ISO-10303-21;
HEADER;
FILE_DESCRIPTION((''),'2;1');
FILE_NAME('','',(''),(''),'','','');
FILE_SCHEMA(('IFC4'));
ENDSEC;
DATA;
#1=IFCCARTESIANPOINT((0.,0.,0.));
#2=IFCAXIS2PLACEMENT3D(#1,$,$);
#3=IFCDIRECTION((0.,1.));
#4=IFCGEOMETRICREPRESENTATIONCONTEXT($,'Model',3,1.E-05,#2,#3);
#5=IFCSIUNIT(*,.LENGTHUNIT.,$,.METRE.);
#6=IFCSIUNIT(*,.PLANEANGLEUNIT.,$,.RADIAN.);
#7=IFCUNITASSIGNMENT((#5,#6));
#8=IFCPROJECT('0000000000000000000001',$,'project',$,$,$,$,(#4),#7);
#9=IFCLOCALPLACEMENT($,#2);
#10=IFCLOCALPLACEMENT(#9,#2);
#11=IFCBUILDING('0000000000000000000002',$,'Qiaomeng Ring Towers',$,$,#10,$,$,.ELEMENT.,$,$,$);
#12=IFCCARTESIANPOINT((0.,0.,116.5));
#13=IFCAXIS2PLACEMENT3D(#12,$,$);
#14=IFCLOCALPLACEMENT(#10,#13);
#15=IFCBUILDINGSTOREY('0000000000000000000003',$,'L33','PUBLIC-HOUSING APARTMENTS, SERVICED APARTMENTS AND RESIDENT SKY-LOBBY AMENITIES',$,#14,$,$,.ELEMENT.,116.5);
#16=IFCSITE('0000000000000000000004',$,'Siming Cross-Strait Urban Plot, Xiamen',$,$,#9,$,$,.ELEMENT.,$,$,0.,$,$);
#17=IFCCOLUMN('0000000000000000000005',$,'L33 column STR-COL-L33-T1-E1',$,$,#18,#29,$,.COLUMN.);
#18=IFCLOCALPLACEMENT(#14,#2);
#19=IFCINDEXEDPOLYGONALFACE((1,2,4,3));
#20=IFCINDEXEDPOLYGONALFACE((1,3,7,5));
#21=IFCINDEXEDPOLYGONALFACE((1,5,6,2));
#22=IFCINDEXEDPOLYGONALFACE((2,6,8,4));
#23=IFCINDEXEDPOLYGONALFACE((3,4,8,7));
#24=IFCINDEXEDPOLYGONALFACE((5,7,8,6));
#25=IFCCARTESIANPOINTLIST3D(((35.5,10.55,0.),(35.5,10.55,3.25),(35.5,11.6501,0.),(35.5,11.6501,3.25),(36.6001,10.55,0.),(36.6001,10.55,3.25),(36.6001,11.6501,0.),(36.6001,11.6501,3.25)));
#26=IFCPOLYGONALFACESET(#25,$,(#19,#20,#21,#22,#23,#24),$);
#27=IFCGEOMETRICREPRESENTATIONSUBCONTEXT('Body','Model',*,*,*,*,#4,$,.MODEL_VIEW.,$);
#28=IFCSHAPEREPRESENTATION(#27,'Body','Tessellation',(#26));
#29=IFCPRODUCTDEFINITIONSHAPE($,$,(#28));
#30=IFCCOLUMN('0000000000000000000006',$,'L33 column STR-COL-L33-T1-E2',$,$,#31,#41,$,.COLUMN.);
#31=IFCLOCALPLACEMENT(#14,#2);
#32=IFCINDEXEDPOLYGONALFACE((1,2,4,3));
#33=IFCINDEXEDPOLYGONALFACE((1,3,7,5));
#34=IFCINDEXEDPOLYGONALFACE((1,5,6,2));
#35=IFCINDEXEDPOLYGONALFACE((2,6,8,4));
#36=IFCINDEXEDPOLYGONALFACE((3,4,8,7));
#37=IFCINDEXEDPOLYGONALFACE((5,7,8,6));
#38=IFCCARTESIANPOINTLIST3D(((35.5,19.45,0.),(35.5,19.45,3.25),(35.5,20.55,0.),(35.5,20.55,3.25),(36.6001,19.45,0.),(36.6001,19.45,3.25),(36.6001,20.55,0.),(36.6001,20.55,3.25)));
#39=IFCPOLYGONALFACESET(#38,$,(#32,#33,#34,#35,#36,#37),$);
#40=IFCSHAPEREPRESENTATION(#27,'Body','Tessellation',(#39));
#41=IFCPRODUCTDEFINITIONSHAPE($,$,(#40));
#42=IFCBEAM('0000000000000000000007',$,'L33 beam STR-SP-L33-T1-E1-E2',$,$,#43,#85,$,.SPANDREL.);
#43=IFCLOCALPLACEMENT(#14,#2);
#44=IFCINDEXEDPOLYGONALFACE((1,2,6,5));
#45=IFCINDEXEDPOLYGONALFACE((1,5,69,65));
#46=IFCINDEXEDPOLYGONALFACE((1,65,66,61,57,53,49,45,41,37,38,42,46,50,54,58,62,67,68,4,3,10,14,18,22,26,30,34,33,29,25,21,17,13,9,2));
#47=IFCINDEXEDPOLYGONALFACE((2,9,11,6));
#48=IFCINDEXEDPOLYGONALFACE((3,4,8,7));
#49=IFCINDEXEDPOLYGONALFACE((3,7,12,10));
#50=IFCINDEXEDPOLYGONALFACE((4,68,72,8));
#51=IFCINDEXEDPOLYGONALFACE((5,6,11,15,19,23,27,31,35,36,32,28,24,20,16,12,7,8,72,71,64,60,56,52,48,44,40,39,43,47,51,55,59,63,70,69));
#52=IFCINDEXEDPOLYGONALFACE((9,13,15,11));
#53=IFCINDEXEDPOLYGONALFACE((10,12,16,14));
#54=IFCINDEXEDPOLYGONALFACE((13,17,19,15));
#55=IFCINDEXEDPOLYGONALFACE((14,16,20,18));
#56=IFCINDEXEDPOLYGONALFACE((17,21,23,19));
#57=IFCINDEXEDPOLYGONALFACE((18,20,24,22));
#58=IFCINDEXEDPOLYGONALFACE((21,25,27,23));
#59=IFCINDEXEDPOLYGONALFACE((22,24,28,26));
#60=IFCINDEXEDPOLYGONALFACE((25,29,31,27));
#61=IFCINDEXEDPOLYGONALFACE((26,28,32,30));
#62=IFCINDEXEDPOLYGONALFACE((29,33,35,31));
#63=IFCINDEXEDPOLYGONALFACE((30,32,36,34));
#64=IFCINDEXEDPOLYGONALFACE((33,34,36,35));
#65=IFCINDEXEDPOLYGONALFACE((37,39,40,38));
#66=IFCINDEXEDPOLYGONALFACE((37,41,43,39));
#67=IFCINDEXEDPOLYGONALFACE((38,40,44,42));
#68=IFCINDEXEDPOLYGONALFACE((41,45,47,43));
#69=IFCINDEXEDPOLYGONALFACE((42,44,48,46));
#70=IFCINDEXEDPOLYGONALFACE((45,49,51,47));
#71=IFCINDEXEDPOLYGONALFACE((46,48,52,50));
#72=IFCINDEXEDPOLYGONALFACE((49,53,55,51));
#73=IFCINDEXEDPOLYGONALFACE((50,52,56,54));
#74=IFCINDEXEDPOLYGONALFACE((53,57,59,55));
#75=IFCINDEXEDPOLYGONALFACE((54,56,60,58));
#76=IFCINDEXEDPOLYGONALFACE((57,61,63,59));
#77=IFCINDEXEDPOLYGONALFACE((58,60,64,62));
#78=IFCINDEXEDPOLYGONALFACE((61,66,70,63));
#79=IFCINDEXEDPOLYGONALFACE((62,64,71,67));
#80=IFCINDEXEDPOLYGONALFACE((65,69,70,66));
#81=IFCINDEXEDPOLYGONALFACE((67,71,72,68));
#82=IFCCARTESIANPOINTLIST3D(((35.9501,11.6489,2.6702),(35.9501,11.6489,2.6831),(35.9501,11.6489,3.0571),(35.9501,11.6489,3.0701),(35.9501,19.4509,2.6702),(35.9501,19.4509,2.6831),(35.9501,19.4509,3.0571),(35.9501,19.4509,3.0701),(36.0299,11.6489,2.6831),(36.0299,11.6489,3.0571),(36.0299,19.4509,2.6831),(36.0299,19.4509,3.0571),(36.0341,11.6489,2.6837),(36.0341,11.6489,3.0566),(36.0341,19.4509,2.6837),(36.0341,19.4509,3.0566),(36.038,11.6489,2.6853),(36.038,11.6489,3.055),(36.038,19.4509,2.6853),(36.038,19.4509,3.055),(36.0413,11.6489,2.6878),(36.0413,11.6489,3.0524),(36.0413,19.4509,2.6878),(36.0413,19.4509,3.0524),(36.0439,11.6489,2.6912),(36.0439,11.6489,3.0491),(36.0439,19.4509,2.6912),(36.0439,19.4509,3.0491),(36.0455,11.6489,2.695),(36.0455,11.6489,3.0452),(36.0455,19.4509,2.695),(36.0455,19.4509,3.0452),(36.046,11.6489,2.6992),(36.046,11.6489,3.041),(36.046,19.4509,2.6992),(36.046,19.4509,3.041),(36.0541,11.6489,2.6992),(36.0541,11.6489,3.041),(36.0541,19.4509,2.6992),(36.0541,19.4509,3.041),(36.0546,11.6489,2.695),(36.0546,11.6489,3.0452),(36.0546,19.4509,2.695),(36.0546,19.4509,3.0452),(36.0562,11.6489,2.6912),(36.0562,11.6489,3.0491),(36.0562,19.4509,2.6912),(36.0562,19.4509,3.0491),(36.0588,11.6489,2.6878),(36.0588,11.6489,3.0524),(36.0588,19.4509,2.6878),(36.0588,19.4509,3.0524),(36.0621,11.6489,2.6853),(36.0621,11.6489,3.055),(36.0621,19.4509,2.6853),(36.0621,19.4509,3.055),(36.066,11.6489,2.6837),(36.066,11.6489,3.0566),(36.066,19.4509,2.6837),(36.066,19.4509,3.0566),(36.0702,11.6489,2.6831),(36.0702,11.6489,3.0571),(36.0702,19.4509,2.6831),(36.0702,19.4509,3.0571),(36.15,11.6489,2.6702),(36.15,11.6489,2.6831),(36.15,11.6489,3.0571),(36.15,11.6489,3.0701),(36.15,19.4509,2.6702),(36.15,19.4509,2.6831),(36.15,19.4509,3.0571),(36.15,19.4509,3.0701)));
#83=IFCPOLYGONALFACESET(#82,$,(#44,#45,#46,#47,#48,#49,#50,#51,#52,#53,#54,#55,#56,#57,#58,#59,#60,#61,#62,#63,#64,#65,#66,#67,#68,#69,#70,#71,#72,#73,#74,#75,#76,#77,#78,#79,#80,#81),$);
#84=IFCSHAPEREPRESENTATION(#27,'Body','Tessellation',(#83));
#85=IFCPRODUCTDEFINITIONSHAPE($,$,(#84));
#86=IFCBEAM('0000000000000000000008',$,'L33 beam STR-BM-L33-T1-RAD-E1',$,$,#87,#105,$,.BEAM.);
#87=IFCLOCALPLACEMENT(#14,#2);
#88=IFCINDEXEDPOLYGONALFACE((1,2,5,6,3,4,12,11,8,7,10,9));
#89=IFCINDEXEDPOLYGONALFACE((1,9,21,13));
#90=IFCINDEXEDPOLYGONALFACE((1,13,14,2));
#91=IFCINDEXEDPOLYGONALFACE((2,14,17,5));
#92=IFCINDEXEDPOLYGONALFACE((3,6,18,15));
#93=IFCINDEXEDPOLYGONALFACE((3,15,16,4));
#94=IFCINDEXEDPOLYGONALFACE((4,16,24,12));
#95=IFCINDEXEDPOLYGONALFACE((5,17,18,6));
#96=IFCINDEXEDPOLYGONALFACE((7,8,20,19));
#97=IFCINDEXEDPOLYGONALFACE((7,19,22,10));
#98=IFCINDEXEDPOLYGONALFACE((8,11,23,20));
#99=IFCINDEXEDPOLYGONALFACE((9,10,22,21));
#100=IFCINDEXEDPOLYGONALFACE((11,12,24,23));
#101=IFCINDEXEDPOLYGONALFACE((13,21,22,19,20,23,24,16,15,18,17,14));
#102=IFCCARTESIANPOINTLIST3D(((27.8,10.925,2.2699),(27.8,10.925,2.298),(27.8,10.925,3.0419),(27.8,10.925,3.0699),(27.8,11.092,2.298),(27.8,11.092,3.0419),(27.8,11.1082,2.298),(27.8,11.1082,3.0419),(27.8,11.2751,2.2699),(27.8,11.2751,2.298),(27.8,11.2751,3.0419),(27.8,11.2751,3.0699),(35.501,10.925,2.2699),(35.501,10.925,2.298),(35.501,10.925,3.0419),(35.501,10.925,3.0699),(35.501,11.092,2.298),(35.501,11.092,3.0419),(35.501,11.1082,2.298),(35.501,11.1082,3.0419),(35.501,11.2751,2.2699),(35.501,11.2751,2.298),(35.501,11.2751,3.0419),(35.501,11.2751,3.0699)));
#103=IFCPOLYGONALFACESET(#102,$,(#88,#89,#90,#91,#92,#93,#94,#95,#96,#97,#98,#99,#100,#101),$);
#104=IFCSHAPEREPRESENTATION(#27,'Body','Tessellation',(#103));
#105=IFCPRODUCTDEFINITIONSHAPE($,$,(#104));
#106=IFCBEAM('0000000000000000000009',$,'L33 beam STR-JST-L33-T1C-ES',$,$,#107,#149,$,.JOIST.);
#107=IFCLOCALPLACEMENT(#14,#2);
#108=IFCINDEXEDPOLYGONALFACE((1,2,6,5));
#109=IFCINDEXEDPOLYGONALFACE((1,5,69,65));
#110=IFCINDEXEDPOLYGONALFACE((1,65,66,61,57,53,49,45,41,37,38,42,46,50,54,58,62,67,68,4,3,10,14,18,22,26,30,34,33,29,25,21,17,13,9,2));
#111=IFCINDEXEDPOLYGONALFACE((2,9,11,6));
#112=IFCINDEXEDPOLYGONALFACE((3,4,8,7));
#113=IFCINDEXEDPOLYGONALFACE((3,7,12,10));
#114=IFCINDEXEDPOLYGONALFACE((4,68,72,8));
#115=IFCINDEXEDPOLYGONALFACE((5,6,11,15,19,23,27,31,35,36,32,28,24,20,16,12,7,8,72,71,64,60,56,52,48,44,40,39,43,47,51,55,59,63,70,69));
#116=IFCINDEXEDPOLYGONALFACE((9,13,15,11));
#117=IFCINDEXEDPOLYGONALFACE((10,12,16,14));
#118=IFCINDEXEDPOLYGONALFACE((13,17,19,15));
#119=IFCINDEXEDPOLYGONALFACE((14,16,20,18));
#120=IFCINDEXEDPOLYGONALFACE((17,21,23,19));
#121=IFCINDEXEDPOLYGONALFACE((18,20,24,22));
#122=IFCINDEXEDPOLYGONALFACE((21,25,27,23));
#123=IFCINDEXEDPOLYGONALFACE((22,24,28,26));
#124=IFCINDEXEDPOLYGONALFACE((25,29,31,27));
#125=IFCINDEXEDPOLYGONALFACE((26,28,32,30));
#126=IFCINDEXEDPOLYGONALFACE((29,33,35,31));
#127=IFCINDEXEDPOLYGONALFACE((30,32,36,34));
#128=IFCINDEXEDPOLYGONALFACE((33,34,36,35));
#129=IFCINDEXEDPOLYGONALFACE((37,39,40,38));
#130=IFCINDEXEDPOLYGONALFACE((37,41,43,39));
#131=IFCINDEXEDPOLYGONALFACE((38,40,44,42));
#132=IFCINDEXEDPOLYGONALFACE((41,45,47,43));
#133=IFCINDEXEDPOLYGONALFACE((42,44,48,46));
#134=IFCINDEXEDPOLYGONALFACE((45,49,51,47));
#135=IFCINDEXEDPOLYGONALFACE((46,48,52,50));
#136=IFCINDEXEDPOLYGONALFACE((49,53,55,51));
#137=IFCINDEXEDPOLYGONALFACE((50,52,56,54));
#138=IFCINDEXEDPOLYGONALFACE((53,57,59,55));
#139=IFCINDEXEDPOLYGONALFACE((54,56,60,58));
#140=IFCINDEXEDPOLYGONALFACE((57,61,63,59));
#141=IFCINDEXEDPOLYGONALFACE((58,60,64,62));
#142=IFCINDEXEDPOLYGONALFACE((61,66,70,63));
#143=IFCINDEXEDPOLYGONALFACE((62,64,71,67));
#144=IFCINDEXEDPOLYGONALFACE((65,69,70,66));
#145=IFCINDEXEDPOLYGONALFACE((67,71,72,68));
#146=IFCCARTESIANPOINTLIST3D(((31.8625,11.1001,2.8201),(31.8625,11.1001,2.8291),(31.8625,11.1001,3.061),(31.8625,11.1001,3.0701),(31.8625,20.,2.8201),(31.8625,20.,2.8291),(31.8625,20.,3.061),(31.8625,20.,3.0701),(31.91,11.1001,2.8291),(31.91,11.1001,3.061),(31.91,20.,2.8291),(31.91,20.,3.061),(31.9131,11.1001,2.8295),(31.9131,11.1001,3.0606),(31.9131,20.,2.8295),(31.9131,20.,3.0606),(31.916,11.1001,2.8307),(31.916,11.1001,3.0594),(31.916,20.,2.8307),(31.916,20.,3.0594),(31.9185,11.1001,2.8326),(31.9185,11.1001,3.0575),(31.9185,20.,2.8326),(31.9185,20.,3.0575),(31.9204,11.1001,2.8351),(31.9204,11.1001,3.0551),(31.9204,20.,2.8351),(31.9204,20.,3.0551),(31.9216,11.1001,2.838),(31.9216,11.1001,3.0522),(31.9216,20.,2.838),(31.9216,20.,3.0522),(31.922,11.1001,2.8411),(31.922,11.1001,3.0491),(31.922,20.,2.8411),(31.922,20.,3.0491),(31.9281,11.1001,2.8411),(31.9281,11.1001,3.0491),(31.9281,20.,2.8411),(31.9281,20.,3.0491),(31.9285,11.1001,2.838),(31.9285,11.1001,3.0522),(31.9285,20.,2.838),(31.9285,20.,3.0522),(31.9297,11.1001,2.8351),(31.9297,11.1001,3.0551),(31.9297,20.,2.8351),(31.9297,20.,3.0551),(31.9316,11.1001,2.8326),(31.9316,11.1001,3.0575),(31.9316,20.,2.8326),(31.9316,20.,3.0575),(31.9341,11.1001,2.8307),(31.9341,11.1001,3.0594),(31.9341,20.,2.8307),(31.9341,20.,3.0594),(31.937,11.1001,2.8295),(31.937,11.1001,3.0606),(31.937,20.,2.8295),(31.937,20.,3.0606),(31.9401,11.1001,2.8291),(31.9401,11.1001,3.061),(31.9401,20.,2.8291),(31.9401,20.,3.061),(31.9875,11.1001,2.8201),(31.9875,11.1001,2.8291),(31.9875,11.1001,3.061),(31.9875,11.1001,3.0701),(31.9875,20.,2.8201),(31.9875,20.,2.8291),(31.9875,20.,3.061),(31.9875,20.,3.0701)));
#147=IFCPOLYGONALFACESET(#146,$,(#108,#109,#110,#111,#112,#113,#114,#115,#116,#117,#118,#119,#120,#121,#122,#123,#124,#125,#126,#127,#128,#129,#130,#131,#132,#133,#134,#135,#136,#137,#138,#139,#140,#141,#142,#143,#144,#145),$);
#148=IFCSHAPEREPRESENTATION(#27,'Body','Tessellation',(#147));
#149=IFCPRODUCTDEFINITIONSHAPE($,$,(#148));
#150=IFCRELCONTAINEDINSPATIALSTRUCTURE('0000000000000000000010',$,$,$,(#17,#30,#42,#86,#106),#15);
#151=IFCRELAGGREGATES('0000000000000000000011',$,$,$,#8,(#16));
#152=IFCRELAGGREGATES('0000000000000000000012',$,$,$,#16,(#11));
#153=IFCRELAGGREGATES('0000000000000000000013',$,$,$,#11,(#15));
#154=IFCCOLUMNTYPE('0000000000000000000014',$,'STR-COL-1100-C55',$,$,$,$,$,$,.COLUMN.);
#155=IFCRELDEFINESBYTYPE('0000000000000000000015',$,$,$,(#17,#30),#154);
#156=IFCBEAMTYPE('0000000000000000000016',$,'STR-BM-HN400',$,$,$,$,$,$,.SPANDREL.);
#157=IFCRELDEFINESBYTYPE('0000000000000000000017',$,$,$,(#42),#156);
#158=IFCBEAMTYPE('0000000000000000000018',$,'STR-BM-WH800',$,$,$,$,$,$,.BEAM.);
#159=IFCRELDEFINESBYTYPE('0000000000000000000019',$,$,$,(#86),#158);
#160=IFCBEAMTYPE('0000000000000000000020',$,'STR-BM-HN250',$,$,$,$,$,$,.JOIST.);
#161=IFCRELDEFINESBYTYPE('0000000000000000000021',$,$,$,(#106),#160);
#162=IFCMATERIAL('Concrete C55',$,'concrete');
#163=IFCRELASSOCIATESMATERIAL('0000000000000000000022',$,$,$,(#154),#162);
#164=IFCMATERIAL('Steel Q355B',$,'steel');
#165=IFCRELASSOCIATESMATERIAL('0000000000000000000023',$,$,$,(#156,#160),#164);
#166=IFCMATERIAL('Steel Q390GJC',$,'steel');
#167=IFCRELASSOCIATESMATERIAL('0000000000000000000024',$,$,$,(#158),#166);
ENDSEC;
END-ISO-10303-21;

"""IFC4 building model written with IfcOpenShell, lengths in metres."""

from ifc_helpers import new_model, si_unit, direction, frame, origin, origin_2d, place, context, subcontext, project, spatial, rectangle, i_section, extrude, source, transform, mapped, material, material_profile, profile_set, type_object, element, save


model = new_model("IFC4")

# Units and contexts
model_context = context("Model", 3, precision=1e-05, world=origin(), true_north=direction((0.0, 1.0)))
body_context = subcontext(model_context, "Body", "Model", "MODEL_VIEW")
ifc_project = project(units=[si_unit("LENGTHUNIT", "METRE"), si_unit("PLANEANGLEUNIT", "RADIAN")], contexts=[model_context])

# Site, building, storey
site_placement = place(None, origin())
site = spatial("IfcSite", under=ifc_project, at=site_placement, Name="Siming Cross-Strait Urban Plot, Xiamen", CompositionType="ELEMENT", RefElevation=0.0)
building_placement = place(site_placement, origin())
building = spatial("IfcBuilding", under=site, at=building_placement, Name="Qiaomeng Ring Towers", CompositionType="ELEMENT")
storey_placement = place(building_placement, frame((0.0, 0.0, 116.5)))
storey = spatial("IfcBuildingStorey", under=building, at=storey_placement, Name="L33", Description="PUBLIC-HOUSING APARTMENTS, SERVICED APARTMENTS AND RESIDENT SKY-LOBBY AMENITIES", CompositionType="ELEMENT", Elevation=116.5)

# Columns
ifc_material_1 = material(Name="Concrete C55", Category="concrete")
ifc_material_profile_1 = material_profile(ifc_material_1, rectangle(XDim=1.1001, YDim=1.1001, at=origin_2d()), Name="RC COL 1100x1100")
ifc_profile_set_1 = profile_set([ifc_material_profile_1], Name="Concrete C55")
column_type = type_object("IfcColumnType", Name="STR-COL-1100-C55", PredefinedType="COLUMN", material=ifc_profile_set_1)
shared_shape_1 = source(origin(), body_context, "Body", "SweptSolid", [
    extrude(rectangle(XDim=1.1001, YDim=1.1001, at=origin_2d()), origin(), (0.0, 0.0, 1.0), 3.25),
])
for number, where, z_axis, x_axis, name in (
    (1, (36.05, 11.1001, 0.0), (0.0, 0.0, 1.0), (1.0, 0.0, 0.0), "L33 column STR-COL-L33-T1-E1"),
    (2, (36.05, 20.0, 0.0), (0.0, 0.0, 1.0), (1.0, 0.0, 0.0), "L33 column STR-COL-L33-T1-E2"),
):
    element("IfcColumn", number, at=place(storey_placement, frame(where, z_axis=z_axis, x_axis=x_axis)), inside=storey, type_object=column_type, Name=name, PredefinedType="COLUMN", context=body_context, shape_type="MappedRepresentation", body=[
        mapped(shared_shape_1, transform((0.0, 0.0, 0.0), x_axis=(1.0, 0.0, 0.0), y_axis=(0.0, 1.0, 0.0), z_axis=(0.0, 0.0, 1.0), scale=1.0)),
    ])

# Beams
ifc_material_2 = material(Name="Steel Q355B", Category="steel")
ifc_material_profile_2 = material_profile(ifc_material_2, i_section(OverallWidth=0.2, OverallDepth=0.3999, WebThickness=0.0081, FlangeThickness=0.0129, FilletRadius=0.0161, at=origin_2d()), Name="HN 400x200x8x13")
ifc_profile_set_2 = profile_set([ifc_material_profile_2], Name="Steel Q355B")
beam_type_1 = type_object("IfcBeamType", Name="STR-BM-HN400", PredefinedType="SPANDREL", material=ifc_profile_set_2)
shared_shape_2 = source(origin(), body_context, "Body", "SweptSolid", [
    extrude(i_section(OverallWidth=0.2, OverallDepth=0.3999, WebThickness=0.0081, FlangeThickness=0.0129, FilletRadius=0.0161, at=origin_2d()), origin(), (0.0, 0.0, 1.0), 7.802),
])
beam_1_placement = place(storey_placement, frame((36.05, 11.6489, 2.8701), z_axis=(0.0, 1.0, 0.0), x_axis=(-1.0, 0.0, 0.0)))
element("IfcBeam", 3, at=beam_1_placement, inside=storey, type_object=beam_type_1, Name="L33 beam STR-SP-L33-T1-E1-E2", PredefinedType="SPANDREL", context=body_context, shape_type="MappedRepresentation", body=[
    mapped(shared_shape_2, transform((0.0, 0.0, 0.0), x_axis=(1.0, 0.0, 0.0), y_axis=(0.0, 1.0, 0.0), z_axis=(0.0, 0.0, 1.0), scale=1.0)),
])
ifc_material_3 = material(Name="Steel Q390GJC", Category="steel")
ifc_material_profile_3 = material_profile(ifc_material_3, i_section(OverallWidth=0.3501, OverallDepth=0.8, WebThickness=0.0161, FlangeThickness=0.0281, at=origin_2d()), Name="WH 800x350x16x28")
ifc_profile_set_3 = profile_set([ifc_material_profile_3], Name="Steel Q390GJC")
beam_type_2 = type_object("IfcBeamType", Name="STR-BM-WH800", PredefinedType="BEAM", material=ifc_profile_set_3)
shared_shape_3 = source(origin(), body_context, "Body", "SweptSolid", [
    extrude(i_section(OverallWidth=0.3501, OverallDepth=0.8, WebThickness=0.0161, FlangeThickness=0.0281, at=origin_2d()), origin(), (0.0, 0.0, 1.0), 7.7009),
])
beam_2_placement = place(storey_placement, frame((27.8, 11.1001, 2.6699), z_axis=(1.0, 0.0, 0.0), x_axis=(0.0, 1.0, 0.0)))
element("IfcBeam", 4, at=beam_2_placement, inside=storey, type_object=beam_type_2, Name="L33 beam STR-BM-L33-T1-RAD-E1", PredefinedType="BEAM", context=body_context, shape_type="MappedRepresentation", body=[
    mapped(shared_shape_3, transform((0.0, 0.0, 0.0), x_axis=(1.0, 0.0, 0.0), y_axis=(0.0, 1.0, 0.0), z_axis=(0.0, 0.0, 1.0), scale=1.0)),
])
ifc_material_profile_4 = material_profile(ifc_material_2, i_section(OverallWidth=0.125, OverallDepth=0.25, WebThickness=0.0061, FlangeThickness=0.009, FilletRadius=0.012, at=origin_2d()), Name="HN 250x125x6x9")
ifc_profile_set_4 = profile_set([ifc_material_profile_4], Name="Steel Q355B")
beam_type_3 = type_object("IfcBeamType", Name="STR-BM-HN250", PredefinedType="JOIST", material=ifc_profile_set_4)
shared_shape_4 = source(origin(), body_context, "Body", "SweptSolid", [
    extrude(i_section(OverallWidth=0.125, OverallDepth=0.25, WebThickness=0.0061, FlangeThickness=0.009, FilletRadius=0.012, at=origin_2d()), origin(), (0.0, 0.0, 1.0), 8.8999),
])
beam_3_placement = place(storey_placement, frame((31.925, 11.1001, 2.9451), z_axis=(0.0, 1.0, 0.0), x_axis=(-1.0, 0.0, 0.0)))
element("IfcBeam", 5, at=beam_3_placement, inside=storey, type_object=beam_type_3, Name="L33 beam STR-JST-L33-T1C-ES", PredefinedType="JOIST", context=body_context, shape_type="MappedRepresentation", body=[
    mapped(shared_shape_4, transform((0.0, 0.0, 0.0), x_axis=(1.0, 0.0, 0.0), y_axis=(0.0, 1.0, 0.0), z_axis=(0.0, 0.0, 1.0), scale=1.0)),
])

save(model, "model.ifc")
